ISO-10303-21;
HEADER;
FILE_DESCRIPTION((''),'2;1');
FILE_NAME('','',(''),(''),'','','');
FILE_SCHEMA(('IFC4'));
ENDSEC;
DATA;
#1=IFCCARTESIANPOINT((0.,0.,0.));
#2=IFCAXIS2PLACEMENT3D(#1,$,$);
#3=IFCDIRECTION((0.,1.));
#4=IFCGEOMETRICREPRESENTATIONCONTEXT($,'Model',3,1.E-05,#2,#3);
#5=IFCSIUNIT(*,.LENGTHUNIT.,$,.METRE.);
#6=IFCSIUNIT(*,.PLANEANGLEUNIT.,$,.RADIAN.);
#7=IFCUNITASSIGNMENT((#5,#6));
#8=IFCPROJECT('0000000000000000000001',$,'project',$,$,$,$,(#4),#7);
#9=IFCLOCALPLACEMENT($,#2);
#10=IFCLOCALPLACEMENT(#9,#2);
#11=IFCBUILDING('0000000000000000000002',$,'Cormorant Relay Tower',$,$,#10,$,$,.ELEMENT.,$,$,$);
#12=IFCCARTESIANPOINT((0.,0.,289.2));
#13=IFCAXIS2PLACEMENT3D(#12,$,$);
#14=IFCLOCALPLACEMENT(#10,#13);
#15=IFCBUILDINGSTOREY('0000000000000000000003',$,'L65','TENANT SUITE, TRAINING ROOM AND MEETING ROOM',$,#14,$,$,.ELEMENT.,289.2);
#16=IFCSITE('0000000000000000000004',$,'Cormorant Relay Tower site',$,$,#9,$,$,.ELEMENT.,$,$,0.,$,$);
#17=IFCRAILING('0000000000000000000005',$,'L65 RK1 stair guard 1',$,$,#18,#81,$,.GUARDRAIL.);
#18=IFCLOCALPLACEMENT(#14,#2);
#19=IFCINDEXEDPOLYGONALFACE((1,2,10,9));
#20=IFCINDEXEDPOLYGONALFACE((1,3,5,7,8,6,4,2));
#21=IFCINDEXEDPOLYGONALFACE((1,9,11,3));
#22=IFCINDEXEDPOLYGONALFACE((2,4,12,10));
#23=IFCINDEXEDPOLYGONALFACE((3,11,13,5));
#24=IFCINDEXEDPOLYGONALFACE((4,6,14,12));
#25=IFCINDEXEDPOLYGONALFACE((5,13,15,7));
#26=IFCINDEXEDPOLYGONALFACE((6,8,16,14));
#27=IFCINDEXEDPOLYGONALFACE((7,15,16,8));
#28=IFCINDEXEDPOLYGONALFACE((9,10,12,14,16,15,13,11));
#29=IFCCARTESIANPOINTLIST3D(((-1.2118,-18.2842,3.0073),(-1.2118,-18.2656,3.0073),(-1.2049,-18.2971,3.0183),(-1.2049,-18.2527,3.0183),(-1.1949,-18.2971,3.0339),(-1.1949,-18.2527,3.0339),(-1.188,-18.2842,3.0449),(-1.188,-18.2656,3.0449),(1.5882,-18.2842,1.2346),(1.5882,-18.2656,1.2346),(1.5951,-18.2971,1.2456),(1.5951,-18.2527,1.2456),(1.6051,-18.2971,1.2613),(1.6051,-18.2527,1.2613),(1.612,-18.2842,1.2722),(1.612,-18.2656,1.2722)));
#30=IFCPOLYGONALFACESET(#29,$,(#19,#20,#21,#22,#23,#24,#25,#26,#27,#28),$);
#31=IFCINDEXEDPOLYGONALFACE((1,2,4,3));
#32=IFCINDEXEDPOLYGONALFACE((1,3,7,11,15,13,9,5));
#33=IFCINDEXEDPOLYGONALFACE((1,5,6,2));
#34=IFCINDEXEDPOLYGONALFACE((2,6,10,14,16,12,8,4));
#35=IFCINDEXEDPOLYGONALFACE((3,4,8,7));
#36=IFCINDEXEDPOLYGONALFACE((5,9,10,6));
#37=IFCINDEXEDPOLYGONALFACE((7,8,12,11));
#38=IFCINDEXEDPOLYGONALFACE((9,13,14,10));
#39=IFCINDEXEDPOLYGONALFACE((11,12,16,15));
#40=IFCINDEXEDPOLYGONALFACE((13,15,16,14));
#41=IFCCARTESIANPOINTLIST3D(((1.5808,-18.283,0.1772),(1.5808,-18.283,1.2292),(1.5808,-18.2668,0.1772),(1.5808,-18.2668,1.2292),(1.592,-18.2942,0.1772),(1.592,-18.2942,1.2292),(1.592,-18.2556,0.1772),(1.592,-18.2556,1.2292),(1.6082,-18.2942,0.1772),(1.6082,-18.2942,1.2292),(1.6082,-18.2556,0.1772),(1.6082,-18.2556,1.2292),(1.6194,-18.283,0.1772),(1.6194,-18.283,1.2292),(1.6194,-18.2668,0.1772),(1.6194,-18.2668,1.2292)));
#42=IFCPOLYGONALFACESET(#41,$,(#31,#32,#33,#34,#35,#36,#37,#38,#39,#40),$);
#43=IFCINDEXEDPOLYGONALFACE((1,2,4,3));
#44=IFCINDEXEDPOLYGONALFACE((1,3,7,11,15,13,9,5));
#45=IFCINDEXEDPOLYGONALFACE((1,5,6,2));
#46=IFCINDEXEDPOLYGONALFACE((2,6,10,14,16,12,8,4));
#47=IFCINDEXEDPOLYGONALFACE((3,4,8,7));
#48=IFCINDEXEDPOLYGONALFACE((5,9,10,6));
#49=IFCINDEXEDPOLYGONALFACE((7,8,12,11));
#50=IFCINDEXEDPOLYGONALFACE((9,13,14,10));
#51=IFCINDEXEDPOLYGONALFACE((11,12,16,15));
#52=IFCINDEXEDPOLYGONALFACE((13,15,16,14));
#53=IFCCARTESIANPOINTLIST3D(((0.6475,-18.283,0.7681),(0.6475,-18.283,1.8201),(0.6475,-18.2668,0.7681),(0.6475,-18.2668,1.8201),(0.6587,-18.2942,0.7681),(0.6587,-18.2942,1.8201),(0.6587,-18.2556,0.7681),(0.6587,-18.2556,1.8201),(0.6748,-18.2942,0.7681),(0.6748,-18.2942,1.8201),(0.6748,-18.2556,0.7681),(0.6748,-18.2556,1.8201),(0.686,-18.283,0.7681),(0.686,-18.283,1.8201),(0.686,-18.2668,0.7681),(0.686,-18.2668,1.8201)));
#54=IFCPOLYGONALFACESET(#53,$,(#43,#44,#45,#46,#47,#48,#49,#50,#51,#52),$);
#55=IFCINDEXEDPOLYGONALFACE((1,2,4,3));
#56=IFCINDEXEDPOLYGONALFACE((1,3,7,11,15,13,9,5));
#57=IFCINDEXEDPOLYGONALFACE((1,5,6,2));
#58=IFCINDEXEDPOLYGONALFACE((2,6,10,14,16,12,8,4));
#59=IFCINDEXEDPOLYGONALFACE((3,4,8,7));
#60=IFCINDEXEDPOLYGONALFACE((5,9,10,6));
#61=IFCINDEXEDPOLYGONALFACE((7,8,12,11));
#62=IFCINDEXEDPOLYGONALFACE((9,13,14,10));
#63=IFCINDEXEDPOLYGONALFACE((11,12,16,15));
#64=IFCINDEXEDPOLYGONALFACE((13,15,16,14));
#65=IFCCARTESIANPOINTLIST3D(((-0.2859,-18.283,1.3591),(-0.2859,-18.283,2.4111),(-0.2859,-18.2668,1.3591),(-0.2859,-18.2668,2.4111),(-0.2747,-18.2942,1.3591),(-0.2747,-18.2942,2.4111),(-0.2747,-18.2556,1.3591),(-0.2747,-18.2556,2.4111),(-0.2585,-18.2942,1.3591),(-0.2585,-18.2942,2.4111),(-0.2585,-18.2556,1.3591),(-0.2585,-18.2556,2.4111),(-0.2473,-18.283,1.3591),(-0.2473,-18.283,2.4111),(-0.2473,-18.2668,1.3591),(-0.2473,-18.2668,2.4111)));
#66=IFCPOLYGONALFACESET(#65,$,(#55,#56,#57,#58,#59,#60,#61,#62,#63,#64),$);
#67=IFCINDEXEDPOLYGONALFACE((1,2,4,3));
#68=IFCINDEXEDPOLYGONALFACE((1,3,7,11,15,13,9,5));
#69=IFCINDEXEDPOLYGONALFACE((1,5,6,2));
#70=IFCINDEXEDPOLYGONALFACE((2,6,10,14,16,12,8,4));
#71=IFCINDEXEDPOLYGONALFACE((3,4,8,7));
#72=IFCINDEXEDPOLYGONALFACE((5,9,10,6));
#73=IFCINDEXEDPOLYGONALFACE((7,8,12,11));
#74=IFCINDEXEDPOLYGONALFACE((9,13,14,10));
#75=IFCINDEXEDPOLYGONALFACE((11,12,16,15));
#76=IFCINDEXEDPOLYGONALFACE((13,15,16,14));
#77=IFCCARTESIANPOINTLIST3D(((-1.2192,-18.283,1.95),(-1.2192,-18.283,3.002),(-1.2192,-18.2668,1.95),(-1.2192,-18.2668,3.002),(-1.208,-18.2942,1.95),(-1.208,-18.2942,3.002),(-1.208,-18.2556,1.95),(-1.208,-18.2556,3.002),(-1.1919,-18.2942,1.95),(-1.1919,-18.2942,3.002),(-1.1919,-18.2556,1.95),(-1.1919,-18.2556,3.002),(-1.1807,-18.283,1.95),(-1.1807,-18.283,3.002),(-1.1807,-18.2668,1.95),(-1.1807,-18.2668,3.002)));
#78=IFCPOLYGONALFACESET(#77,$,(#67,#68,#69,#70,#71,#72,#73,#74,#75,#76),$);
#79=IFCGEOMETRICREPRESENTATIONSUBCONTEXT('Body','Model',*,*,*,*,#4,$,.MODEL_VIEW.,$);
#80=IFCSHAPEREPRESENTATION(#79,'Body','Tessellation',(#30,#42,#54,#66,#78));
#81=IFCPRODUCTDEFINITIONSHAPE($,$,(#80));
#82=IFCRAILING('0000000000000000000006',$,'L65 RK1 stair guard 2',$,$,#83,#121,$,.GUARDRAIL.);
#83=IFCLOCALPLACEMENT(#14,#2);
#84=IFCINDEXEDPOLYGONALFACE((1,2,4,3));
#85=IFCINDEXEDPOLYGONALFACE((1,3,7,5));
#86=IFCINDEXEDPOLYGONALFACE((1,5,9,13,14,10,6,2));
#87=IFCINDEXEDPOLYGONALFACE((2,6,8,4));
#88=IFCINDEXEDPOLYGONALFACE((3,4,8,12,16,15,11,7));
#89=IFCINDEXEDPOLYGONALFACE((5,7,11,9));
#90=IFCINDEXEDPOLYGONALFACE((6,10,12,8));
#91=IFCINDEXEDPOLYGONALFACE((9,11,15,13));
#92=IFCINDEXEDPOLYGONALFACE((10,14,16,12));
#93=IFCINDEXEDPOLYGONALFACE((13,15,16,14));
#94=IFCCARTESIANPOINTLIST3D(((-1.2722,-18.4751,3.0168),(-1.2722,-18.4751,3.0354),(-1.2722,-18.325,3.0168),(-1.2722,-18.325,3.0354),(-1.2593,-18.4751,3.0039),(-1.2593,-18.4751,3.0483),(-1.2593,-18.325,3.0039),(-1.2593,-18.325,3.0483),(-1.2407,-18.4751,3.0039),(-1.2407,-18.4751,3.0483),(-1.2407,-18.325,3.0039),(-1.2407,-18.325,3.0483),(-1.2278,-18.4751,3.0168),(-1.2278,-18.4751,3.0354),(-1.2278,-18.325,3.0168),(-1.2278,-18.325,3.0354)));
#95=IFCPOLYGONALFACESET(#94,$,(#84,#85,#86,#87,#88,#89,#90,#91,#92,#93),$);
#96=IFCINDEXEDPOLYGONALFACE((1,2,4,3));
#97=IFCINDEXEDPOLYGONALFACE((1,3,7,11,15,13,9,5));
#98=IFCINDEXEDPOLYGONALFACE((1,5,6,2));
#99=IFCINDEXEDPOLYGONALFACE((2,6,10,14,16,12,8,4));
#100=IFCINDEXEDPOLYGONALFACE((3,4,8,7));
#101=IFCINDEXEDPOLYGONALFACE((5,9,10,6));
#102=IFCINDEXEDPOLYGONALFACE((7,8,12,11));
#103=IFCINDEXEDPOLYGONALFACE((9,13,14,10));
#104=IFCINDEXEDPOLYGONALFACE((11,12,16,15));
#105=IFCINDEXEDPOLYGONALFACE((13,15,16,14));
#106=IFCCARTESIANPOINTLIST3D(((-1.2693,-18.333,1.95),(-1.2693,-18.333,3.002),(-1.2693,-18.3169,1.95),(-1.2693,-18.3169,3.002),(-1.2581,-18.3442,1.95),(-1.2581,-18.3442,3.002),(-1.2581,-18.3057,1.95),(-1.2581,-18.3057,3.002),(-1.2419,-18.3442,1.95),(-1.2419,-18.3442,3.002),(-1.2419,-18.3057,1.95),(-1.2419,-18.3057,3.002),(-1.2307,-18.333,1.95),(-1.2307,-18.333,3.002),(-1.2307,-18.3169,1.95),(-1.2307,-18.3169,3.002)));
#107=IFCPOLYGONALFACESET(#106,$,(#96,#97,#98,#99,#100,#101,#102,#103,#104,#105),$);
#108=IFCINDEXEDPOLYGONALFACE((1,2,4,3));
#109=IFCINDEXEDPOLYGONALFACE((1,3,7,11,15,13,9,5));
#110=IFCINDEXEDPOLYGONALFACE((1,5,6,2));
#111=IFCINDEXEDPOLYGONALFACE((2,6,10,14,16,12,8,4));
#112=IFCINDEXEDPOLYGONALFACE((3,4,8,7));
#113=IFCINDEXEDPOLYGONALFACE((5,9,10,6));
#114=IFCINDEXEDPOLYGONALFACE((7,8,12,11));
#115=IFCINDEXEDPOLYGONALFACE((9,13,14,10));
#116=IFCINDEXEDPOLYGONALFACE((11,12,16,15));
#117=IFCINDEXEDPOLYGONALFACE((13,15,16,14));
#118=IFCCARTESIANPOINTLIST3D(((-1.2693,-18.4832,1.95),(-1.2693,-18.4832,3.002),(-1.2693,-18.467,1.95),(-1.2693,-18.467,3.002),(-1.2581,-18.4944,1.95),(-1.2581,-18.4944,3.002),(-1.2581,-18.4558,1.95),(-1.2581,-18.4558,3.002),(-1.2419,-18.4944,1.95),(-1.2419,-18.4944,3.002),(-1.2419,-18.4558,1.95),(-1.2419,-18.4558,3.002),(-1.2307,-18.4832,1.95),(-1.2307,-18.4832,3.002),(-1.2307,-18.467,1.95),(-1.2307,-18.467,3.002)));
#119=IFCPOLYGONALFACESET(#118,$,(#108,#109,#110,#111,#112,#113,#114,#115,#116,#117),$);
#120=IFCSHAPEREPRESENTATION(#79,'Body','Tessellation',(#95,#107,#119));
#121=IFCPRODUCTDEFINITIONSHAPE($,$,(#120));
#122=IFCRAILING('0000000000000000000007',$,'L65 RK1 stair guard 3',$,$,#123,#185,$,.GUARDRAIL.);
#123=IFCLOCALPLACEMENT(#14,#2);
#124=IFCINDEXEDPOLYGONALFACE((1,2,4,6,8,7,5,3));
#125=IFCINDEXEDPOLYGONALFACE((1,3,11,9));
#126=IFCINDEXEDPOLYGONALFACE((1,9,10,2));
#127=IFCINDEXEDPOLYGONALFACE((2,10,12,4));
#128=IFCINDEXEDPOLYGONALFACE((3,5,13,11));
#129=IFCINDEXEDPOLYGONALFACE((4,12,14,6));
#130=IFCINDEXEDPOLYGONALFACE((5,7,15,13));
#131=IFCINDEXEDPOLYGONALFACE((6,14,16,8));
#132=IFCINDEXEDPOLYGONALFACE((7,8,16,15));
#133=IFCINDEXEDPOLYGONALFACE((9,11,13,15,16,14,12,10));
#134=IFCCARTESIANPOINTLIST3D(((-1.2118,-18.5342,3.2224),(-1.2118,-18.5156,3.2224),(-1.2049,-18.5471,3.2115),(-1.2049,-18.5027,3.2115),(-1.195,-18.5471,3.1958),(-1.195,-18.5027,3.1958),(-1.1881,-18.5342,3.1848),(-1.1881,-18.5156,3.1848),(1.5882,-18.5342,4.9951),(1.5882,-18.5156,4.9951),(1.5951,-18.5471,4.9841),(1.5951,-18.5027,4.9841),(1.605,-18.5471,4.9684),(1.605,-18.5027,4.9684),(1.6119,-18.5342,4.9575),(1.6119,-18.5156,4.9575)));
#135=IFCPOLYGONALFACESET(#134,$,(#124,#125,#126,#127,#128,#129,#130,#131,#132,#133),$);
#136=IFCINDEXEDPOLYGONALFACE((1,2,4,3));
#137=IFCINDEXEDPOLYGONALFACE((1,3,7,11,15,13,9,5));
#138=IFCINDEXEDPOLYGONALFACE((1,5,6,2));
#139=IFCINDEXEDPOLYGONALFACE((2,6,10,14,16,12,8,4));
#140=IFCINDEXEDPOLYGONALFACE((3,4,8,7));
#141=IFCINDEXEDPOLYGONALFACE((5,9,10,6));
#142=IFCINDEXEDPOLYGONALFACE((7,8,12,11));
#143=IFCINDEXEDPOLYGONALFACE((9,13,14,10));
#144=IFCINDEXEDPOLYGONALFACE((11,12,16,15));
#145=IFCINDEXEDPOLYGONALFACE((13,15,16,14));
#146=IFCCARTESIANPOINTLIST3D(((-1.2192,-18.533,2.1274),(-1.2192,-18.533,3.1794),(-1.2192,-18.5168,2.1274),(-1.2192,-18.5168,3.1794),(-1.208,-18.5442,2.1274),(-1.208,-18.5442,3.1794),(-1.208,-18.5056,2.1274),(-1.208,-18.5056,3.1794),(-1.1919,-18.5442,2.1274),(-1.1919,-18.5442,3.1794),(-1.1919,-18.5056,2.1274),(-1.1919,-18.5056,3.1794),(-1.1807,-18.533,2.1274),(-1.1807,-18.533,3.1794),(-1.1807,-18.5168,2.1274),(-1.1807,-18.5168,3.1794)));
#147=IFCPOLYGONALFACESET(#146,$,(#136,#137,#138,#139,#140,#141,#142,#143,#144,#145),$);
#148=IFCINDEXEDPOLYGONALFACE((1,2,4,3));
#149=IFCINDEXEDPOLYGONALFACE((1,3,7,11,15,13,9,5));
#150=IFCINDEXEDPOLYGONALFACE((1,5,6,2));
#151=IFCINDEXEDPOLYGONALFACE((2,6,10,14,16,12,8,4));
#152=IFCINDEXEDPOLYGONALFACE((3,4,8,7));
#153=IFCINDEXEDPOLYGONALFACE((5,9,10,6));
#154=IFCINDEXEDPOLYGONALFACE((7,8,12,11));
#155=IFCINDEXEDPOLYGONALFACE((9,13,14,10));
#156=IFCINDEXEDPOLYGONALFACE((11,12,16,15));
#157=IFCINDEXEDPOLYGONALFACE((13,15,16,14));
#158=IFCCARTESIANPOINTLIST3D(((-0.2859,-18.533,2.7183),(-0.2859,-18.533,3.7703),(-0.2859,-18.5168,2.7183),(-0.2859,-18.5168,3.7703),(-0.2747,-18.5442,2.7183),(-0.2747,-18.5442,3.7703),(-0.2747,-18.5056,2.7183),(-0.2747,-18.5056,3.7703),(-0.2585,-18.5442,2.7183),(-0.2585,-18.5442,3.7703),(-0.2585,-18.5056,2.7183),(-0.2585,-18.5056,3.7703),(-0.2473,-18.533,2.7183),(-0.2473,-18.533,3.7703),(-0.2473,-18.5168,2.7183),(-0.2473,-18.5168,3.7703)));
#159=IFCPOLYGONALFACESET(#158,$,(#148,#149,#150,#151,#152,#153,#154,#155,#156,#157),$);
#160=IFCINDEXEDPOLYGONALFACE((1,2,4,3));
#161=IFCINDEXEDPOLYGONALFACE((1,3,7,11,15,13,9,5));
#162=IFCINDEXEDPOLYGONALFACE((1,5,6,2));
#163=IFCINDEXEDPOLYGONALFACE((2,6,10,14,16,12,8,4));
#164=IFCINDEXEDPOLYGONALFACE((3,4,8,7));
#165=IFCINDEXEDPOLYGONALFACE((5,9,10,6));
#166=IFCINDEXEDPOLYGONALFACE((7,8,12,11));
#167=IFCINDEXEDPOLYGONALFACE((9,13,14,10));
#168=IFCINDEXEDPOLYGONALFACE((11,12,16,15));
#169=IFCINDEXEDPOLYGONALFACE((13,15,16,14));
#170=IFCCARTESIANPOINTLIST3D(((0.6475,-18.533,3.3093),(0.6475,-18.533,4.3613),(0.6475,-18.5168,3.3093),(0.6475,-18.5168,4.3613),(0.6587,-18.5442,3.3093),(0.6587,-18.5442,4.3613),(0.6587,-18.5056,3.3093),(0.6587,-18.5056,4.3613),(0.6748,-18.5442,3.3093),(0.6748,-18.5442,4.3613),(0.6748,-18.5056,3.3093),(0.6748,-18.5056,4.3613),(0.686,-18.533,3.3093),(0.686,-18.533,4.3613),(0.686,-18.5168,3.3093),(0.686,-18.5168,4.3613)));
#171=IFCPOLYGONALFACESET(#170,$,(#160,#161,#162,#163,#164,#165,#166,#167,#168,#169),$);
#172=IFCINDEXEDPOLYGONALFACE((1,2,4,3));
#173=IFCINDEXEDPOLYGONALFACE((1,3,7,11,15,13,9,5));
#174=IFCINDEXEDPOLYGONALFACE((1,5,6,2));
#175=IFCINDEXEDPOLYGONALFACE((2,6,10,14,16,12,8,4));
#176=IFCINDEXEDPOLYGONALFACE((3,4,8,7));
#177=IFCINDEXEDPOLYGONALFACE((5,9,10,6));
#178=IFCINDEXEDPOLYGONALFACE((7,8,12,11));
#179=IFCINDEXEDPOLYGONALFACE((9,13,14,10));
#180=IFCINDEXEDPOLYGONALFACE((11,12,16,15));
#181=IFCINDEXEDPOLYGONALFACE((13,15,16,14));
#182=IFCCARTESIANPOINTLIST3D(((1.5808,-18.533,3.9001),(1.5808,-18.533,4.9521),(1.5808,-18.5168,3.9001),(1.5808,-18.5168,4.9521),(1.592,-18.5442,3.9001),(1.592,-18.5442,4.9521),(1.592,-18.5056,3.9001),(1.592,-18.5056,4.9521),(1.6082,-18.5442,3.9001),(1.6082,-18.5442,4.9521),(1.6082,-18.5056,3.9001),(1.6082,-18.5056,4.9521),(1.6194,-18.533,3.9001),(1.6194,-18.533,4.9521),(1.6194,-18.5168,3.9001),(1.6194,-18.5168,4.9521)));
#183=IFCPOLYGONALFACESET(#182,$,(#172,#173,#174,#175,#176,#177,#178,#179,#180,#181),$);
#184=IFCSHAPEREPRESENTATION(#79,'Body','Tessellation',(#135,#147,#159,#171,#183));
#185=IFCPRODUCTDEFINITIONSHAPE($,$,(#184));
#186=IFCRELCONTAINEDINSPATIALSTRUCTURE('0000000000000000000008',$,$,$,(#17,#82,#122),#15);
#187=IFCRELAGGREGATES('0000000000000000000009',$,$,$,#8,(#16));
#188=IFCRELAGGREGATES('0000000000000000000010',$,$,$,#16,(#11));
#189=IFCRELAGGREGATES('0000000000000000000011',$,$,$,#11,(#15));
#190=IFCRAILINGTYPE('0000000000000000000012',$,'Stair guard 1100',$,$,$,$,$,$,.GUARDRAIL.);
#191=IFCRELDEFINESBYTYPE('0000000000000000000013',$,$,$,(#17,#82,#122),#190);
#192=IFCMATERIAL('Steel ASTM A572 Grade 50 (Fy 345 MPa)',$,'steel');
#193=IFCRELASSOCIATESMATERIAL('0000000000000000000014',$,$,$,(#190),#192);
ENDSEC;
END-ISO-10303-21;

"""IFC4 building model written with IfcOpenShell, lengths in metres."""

from ifc_helpers import new_model, si_unit, direction, frame, origin, place, context, subcontext, project, spatial, polyline, outline, extrude, material, type_object, element, save


model = new_model("IFC4")

# Units and contexts
model_context = context("Model", 3, precision=1e-05, world=origin(), true_north=direction((0.0, 1.0)))
body_context = subcontext(model_context, "Body", "Model", "MODEL_VIEW")
ifc_project = project(units=[si_unit("LENGTHUNIT", "METRE"), si_unit("PLANEANGLEUNIT", "RADIAN")], contexts=[model_context])

# Site, building, storey
site_placement = place(None, origin())
site = spatial("IfcSite", under=ifc_project, at=site_placement, Name="Cormorant Relay Tower site", CompositionType="ELEMENT", RefElevation=0.0)
building_placement = place(site_placement, origin())
building = spatial("IfcBuilding", under=site, at=building_placement, Name="Cormorant Relay Tower", CompositionType="ELEMENT")
storey_placement = place(building_placement, frame((0.0, 0.0, 289.2)))
storey = spatial("IfcBuildingStorey", under=building, at=storey_placement, Name="L65", Description="TENANT SUITE, TRAINING ROOM AND MEETING ROOM", CompositionType="ELEMENT", Elevation=289.2)

# Railings
ifc_material_1 = material(Name="Steel ASTM A572 Grade 50 (Fy 345 MPa)", Category="steel")
railing_type_1 = type_object("IfcRailingType", Name="Stair guard 1100", PredefinedType="GUARDRAIL", material=ifc_material_1)
railing_1_placement = place(storey_placement, frame((1.6001, -18.2749, 0.1772)))
element("IfcRailing", 1, at=railing_1_placement, inside=storey, type_object=railing_type_1, Name="L65 RK1 stair guard 1", PredefinedType="GUARDRAIL", context=body_context, shape_type="SweptSolid", body=[
    extrude(outline(polyline([(0.0222, 0.0093), (0.0093, 0.0222), (-0.0093, 0.0222), (-0.0222, 0.0093), (-0.0222, -0.0093), (-0.0093, -0.0222), (0.0093, -0.0222), (0.0222, -0.0093), (0.0222, 0.0093)])), frame((0.0, 0.0, 1.0762), z_axis=(-0.844909, 0.0, 0.53491), x_axis=(0.0, -1.0, 0.0)), (0.0, 0.0, 1.0), 3.314),
    extrude(outline(polyline([(0.0193, 0.0081), (0.0081, 0.0193), (-0.0081, 0.0193), (-0.0193, 0.0081), (-0.0193, -0.0081), (-0.0081, -0.0193), (0.0081, -0.0193), (0.0193, -0.0081), (0.0193, 0.0081)])), origin(), (0.0, 0.0, 1.0), 1.052),
    extrude(outline(polyline([(0.0193, 0.0081), (0.0081, 0.0193), (-0.0081, 0.0193), (-0.0193, 0.0081), (-0.0193, -0.0081), (-0.0081, -0.0193), (0.0081, -0.0193), (0.0193, -0.0081), (0.0193, 0.0081)])), frame((-0.9333, 0.0, 0.5908)), (0.0, 0.0, 1.0), 1.052),
    extrude(outline(polyline([(0.0193, 0.0081), (0.0081, 0.0193), (-0.0081, 0.0193), (-0.0193, 0.0081), (-0.0193, -0.0081), (-0.0081, -0.0193), (0.0081, -0.0193), (0.0193, -0.0081), (0.0193, 0.0081)])), frame((-1.8667, 0.0, 1.1819)), (0.0, 0.0, 1.0), 1.052),
    extrude(outline(polyline([(0.0193, 0.0081), (0.0081, 0.0193), (-0.0081, 0.0193), (-0.0193, 0.0081), (-0.0193, -0.0081), (-0.0081, -0.0193), (0.0081, -0.0193), (0.0193, -0.0081), (0.0193, 0.0081)])), frame((-2.8, 0.0, 1.7727)), (0.0, 0.0, 1.0), 1.052),
])
railing_2_placement = place(storey_placement, frame((-1.25, -18.325, 1.95)))
element("IfcRailing", 2, at=railing_2_placement, inside=storey, type_object=railing_type_1, Name="L65 RK1 stair guard 2", PredefinedType="GUARDRAIL", context=body_context, shape_type="SweptSolid", body=[
    extrude(outline(polyline([(0.0222, 0.0093), (0.0093, 0.0222), (-0.0093, 0.0222), (-0.0222, 0.0093), (-0.0222, -0.0093), (-0.0093, -0.0222), (0.0093, -0.0222), (0.0222, -0.0093), (0.0222, 0.0093)])), frame((0.0, 0.0, 1.0762), z_axis=(0.0, -1.0, 0.0), x_axis=(1.0, 0.0, 0.0)), (0.0, 0.0, 1.0), 0.1501),
    extrude(outline(polyline([(0.0193, 0.0081), (0.0081, 0.0193), (-0.0081, 0.0193), (-0.0193, 0.0081), (-0.0193, -0.0081), (-0.0081, -0.0193), (0.0081, -0.0193), (0.0193, -0.0081), (0.0193, 0.0081)])), origin(), (0.0, 0.0, 1.0), 1.052),
    extrude(outline(polyline([(0.0193, 0.0081), (0.0081, 0.0193), (-0.0081, 0.0193), (-0.0193, 0.0081), (-0.0193, -0.0081), (-0.0081, -0.0193), (0.0081, -0.0193), (0.0193, -0.0081), (0.0193, 0.0081)])), frame((0.0, -0.1501, 0.0)), (0.0, 0.0, 1.0), 1.052),
])
railing_3_placement = place(storey_placement, frame((-1.2, -18.5249, 2.1274)))
element("IfcRailing", 3, at=railing_3_placement, inside=storey, type_object=railing_type_1, Name="L65 RK1 stair guard 3", PredefinedType="GUARDRAIL", context=body_context, shape_type="SweptSolid", body=[
    extrude(outline(polyline([(0.0222, 0.0093), (0.0093, 0.0222), (-0.0093, 0.0222), (-0.0222, 0.0093), (-0.0222, -0.0093), (-0.0093, -0.0222), (0.0093, -0.0222), (0.0222, -0.0093), (0.0222, 0.0093)])), frame((0.0, 0.0, 1.0762), z_axis=(0.844909, 0.0, 0.53491), x_axis=(0.0, 1.0, 0.0)), (0.0, 0.0, 1.0), 3.314),
    extrude(outline(polyline([(0.0193, 0.0081), (0.0081, 0.0193), (-0.0081, 0.0193), (-0.0193, 0.0081), (-0.0193, -0.0081), (-0.0081, -0.0193), (0.0081, -0.0193), (0.0193, -0.0081), (0.0193, 0.0081)])), origin(), (0.0, 0.0, 1.0), 1.052),
    extrude(outline(polyline([(0.0193, 0.0081), (0.0081, 0.0193), (-0.0081, 0.0193), (-0.0193, 0.0081), (-0.0193, -0.0081), (-0.0081, -0.0193), (0.0081, -0.0193), (0.0193, -0.0081), (0.0193, 0.0081)])), frame((0.9333, 0.0, 0.5908)), (0.0, 0.0, 1.0), 1.052),
    extrude(outline(polyline([(0.0193, 0.0081), (0.0081, 0.0193), (-0.0081, 0.0193), (-0.0193, 0.0081), (-0.0193, -0.0081), (-0.0081, -0.0193), (0.0081, -0.0193), (0.0193, -0.0081), (0.0193, 0.0081)])), frame((1.8667, 0.0, 1.1819)), (0.0, 0.0, 1.0), 1.052),
    extrude(outline(polyline([(0.0193, 0.0081), (0.0081, 0.0193), (-0.0081, 0.0193), (-0.0193, 0.0081), (-0.0193, -0.0081), (-0.0081, -0.0193), (0.0081, -0.0193), (0.0193, -0.0081), (0.0193, 0.0081)])), frame((2.8, 0.0, 1.7727)), (0.0, 0.0, 1.0), 1.052),
])

save(model, "model.ifc")
